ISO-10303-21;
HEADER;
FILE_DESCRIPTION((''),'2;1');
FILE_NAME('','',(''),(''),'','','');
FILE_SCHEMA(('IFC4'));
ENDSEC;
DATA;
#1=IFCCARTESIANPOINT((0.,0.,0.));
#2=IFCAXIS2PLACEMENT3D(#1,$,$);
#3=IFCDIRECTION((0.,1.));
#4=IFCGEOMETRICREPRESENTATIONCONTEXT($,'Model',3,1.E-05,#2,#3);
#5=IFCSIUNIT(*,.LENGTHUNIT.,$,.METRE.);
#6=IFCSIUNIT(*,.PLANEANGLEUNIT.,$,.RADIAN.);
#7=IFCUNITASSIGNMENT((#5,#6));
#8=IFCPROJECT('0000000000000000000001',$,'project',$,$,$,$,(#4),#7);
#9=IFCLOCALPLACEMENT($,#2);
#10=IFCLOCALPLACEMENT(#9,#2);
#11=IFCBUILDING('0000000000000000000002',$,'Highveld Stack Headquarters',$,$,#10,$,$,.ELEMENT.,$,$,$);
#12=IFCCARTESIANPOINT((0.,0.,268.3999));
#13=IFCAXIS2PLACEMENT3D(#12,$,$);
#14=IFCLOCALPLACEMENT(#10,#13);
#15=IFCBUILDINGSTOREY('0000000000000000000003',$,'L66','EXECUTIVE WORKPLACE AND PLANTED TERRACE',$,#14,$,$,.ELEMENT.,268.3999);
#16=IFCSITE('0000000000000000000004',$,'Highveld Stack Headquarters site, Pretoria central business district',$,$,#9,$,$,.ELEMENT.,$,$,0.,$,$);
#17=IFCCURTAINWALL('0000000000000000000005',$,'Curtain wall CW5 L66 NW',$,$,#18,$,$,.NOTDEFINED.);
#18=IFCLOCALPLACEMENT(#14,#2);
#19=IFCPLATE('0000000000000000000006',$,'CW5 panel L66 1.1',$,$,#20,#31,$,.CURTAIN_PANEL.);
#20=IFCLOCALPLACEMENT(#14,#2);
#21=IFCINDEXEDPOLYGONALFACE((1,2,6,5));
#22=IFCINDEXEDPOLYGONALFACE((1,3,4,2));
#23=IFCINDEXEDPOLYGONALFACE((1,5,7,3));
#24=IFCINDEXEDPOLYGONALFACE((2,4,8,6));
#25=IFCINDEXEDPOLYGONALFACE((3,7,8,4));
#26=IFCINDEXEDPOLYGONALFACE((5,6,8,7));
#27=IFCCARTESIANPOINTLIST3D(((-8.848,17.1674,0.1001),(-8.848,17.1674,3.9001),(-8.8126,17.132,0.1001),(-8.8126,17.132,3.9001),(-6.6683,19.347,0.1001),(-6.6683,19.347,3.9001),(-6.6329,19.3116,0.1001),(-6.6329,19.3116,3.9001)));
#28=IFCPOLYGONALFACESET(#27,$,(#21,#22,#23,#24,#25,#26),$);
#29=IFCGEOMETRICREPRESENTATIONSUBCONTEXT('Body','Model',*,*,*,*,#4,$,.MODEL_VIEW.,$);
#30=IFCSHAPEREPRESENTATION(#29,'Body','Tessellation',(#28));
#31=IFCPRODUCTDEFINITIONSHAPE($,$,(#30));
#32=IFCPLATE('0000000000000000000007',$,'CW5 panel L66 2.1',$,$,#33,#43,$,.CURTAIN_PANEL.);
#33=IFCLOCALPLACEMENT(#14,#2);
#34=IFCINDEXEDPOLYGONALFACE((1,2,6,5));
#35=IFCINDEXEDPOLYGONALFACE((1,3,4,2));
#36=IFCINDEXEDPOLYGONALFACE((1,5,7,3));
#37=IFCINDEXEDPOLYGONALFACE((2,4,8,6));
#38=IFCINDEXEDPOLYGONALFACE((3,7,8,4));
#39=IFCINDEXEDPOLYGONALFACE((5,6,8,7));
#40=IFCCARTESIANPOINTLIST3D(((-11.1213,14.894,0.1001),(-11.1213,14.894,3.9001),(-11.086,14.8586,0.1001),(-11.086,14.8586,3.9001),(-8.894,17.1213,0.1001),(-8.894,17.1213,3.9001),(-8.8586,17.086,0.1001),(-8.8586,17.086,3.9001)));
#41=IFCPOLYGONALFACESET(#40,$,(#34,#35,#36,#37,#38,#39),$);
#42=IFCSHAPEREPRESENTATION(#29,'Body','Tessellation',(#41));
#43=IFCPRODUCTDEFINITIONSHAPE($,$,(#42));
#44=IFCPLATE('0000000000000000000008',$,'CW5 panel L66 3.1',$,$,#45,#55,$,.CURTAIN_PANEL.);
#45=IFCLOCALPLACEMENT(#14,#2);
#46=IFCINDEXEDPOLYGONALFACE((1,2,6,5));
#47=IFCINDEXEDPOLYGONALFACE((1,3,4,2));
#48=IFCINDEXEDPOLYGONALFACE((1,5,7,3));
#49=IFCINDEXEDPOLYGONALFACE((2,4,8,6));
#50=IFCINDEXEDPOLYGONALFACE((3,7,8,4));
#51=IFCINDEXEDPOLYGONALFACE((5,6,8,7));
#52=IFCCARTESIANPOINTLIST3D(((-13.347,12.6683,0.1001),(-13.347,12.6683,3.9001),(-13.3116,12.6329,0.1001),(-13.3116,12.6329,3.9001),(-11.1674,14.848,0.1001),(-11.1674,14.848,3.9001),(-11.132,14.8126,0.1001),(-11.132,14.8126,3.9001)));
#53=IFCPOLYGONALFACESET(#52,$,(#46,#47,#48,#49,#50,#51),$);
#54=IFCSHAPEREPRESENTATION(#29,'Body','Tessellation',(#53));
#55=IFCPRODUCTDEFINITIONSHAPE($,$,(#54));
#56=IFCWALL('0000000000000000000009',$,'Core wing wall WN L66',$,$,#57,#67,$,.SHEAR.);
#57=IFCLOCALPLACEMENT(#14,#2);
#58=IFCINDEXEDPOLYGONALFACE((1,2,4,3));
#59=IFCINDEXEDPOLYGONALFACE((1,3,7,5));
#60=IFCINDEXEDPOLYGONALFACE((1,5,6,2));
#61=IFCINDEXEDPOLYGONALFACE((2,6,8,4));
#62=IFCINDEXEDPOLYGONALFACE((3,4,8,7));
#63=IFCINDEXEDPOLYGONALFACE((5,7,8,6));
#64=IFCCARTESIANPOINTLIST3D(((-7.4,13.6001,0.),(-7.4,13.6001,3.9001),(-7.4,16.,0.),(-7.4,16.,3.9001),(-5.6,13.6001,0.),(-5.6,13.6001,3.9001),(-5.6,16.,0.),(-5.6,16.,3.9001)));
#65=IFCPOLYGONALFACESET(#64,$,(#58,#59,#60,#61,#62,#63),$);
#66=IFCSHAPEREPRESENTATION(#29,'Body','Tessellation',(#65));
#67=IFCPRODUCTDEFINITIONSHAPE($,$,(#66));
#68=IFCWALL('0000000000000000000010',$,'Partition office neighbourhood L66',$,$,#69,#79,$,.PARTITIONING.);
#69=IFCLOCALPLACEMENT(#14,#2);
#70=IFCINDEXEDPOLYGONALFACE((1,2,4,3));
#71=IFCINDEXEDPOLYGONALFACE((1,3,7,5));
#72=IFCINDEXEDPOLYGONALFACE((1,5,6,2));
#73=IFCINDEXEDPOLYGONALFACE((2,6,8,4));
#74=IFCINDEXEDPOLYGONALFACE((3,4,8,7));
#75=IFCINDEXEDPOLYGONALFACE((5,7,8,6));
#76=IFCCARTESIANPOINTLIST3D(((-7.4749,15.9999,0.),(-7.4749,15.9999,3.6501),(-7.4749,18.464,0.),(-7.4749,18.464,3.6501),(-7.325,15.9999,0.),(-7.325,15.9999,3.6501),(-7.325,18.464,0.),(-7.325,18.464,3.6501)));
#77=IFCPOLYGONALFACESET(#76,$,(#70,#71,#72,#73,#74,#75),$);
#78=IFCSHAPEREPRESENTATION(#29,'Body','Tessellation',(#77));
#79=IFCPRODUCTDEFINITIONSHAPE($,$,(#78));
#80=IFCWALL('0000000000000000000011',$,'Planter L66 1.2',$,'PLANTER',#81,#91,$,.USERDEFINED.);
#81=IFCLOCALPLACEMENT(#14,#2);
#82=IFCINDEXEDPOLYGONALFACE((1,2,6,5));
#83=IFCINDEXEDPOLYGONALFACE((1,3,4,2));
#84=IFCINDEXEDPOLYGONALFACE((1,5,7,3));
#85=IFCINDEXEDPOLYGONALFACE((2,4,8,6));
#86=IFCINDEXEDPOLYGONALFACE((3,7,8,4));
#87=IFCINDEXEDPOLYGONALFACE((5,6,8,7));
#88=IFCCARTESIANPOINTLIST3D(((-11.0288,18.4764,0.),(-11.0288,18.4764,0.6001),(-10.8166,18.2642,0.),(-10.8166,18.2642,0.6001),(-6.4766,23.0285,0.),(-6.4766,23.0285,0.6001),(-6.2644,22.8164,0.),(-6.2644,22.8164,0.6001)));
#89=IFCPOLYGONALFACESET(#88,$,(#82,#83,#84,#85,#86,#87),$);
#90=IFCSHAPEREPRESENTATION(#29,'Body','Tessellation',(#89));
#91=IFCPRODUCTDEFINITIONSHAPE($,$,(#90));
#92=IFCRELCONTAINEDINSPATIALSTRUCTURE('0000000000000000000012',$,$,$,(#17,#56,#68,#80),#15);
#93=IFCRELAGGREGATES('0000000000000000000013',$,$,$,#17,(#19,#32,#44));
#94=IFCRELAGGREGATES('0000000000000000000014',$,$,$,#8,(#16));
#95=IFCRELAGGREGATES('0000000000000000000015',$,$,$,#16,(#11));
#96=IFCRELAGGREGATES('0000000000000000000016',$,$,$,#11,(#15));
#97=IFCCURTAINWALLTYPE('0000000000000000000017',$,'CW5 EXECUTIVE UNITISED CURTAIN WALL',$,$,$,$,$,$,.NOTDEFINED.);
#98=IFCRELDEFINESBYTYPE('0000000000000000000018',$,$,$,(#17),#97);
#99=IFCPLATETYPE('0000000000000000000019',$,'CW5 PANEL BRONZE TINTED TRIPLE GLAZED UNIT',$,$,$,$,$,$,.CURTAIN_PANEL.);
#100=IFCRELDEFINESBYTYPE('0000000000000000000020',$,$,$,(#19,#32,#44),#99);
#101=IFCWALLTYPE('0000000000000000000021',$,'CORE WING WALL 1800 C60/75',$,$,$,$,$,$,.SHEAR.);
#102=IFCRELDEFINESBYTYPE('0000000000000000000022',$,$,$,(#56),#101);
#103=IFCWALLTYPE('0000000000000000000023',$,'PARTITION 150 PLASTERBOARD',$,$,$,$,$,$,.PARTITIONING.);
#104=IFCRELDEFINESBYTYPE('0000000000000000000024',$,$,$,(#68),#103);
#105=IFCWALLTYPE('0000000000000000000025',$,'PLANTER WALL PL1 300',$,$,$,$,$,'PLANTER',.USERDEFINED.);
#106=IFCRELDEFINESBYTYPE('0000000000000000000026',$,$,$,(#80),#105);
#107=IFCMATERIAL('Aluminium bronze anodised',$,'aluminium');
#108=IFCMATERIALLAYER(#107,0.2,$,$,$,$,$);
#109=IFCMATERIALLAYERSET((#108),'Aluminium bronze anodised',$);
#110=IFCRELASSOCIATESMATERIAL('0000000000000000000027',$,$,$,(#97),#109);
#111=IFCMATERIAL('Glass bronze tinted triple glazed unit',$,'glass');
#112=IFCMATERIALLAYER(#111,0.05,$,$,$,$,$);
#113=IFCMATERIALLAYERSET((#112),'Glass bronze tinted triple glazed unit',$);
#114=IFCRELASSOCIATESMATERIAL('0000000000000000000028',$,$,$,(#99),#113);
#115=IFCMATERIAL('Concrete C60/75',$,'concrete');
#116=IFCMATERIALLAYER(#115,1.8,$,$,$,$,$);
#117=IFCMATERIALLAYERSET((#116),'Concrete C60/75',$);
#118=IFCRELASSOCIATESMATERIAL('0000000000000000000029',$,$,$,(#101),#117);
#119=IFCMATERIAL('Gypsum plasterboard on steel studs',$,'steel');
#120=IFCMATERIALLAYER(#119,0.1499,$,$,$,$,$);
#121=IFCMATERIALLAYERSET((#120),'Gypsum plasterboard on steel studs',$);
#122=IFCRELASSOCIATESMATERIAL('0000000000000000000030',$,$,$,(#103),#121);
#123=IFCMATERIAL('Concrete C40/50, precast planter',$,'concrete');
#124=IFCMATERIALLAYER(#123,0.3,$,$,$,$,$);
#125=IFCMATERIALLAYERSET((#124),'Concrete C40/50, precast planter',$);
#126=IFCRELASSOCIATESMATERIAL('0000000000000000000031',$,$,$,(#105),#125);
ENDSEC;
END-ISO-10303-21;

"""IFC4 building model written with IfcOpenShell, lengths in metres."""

from ifc_helpers import new_model, si_unit, direction, frame, frame_2d, origin, origin_2d, place, context, subcontext, project, spatial, rectangle, extrude, material, layer, layer_set, type_object, element, aggregate, save


model = new_model("IFC4")

# Units and contexts
model_context = context("Model", 3, precision=1e-05, world=origin(), true_north=direction((0.0, 1.0)))
body_context = subcontext(model_context, "Body", "Model", "MODEL_VIEW")
ifc_project = project(units=[si_unit("LENGTHUNIT", "METRE"), si_unit("PLANEANGLEUNIT", "RADIAN")], contexts=[model_context])

# Site, building, storey
site_placement = place(None, origin())
site = spatial("IfcSite", under=ifc_project, at=site_placement, Name="Highveld Stack Headquarters site, Pretoria central business district", CompositionType="ELEMENT", RefElevation=0.0)
building_placement = place(site_placement, origin())
building = spatial("IfcBuilding", under=site, at=building_placement, Name="Highveld Stack Headquarters", CompositionType="ELEMENT")
storey_placement = place(building_placement, frame((0.0, 0.0, 268.3999)))
storey = spatial("IfcBuildingStorey", under=building, at=storey_placement, Name="L66", Description="EXECUTIVE WORKPLACE AND PLANTED TERRACE", CompositionType="ELEMENT", Elevation=268.3999)

# Shared definitions
ifc_material_1 = material(Name="Aluminium bronze anodised", Category="aluminium")
ifc_layer_1 = layer(ifc_material_1, 0.2)
ifc_layer_set_1 = layer_set([ifc_layer_1], Name="Aluminium bronze anodised")
curtain_wall_type = type_object("IfcCurtainWallType", Name="CW5 EXECUTIVE UNITISED CURTAIN WALL", PredefinedType="NOTDEFINED", material=ifc_layer_set_1)

# Curtain wall
curtain_wall_1_placement = place(storey_placement, origin())
curtain_wall_1 = element("IfcCurtainWall", 1, at=curtain_wall_1_placement, inside=storey, type_object=curtain_wall_type, Name="Curtain wall CW5 L66 NW", PredefinedType="NOTDEFINED")

# Plates
ifc_material_2 = material(Name="Glass bronze tinted triple glazed unit", Category="glass")
ifc_layer_2 = layer(ifc_material_2, 0.05)
ifc_layer_set_2 = layer_set([ifc_layer_2], Name="Glass bronze tinted triple glazed unit")
plate_type = type_object("IfcPlateType", Name="CW5 PANEL BRONZE TINTED TRIPLE GLAZED UNIT", PredefinedType="CURTAIN_PANEL", material=ifc_layer_set_2)
plate_1_placement = place(storey_placement, frame((-7.7405, 18.2395, 0.1001), z_axis=(0.0, 0.0, 1.0), x_axis=(-0.707107, -0.707107, 0.0)))
plate_1 = element("IfcPlate", 2, at=plate_1_placement, type_object=plate_type, Name="CW5 panel L66 1.1", PredefinedType="CURTAIN_PANEL", context=body_context, shape_type="SweptSolid", body=[
    extrude(rectangle(XDim=3.0825, YDim=0.05, at=origin_2d()), origin(), (0.0, 0.0, 1.0), 3.8),
])
plate_2_placement = place(storey_placement, frame((-9.99, 15.99, 0.1001), z_axis=(0.0, 0.0, 1.0), x_axis=(-0.707107, -0.707107, 0.0)))
plate_2 = element("IfcPlate", 3, at=plate_2_placement, type_object=plate_type, Name="CW5 panel L66 2.1", PredefinedType="CURTAIN_PANEL", context=body_context, shape_type="SweptSolid", body=[
    extrude(rectangle(XDim=3.1499, YDim=0.05, at=origin_2d()), origin(), (0.0, 0.0, 1.0), 3.8),
])
plate_3_placement = place(storey_placement, frame((-12.2395, 13.7405, 0.1001), z_axis=(0.0, 0.0, 1.0), x_axis=(-0.707107, -0.707107, 0.0)))
plate_3 = element("IfcPlate", 4, at=plate_3_placement, type_object=plate_type, Name="CW5 panel L66 3.1", PredefinedType="CURTAIN_PANEL", context=body_context, shape_type="SweptSolid", body=[
    extrude(rectangle(XDim=3.0825, YDim=0.05, at=origin_2d()), origin(), (0.0, 0.0, 1.0), 3.8),
])
aggregate(curtain_wall_1, [plate_1, plate_2, plate_3])

# Walls
ifc_material_3 = material(Name="Concrete C60/75", Category="concrete")
ifc_layer_3 = layer(ifc_material_3, 1.8)
ifc_layer_set_3 = layer_set([ifc_layer_3], Name="Concrete C60/75")
wall_type_1 = type_object("IfcWallType", Name="CORE WING WALL 1800 C60/75", PredefinedType="SHEAR", material=ifc_layer_set_3)
wall_1_placement = place(storey_placement, frame((-6.5, 13.6001, 0.0), z_axis=(0.0, 0.0, 1.0), x_axis=(0.0, 1.0, 0.0)))
element("IfcWall", 5, at=wall_1_placement, inside=storey, type_object=wall_type_1, Name="Core wing wall WN L66", PredefinedType="SHEAR", context=body_context, shape_type="SweptSolid", body=[
    extrude(rectangle(XDim=2.3999, YDim=1.8, at=frame_2d((1.2, 0.0))), origin(), (0.0, 0.0, 1.0), 3.9001),
])
ifc_material_4 = material(Name="Gypsum plasterboard on steel studs", Category="steel")
ifc_layer_4 = layer(ifc_material_4, 0.1499)
ifc_layer_set_4 = layer_set([ifc_layer_4], Name="Gypsum plasterboard on steel studs")
wall_type_2 = type_object("IfcWallType", Name="PARTITION 150 PLASTERBOARD", PredefinedType="PARTITIONING", material=ifc_layer_set_4)
wall_2_placement = place(storey_placement, frame((-7.3999, 16.0, 0.0), z_axis=(0.0, 0.0, 1.0), x_axis=(0.0, 1.0, 0.0)))
element("IfcWall", 6, at=wall_2_placement, inside=storey, type_object=wall_type_2, Name="Partition office neighbourhood L66", PredefinedType="PARTITIONING", context=body_context, shape_type="SweptSolid", body=[
    extrude(rectangle(XDim=2.4641, YDim=0.1499, at=frame_2d((1.2319, 0.0))), origin(), (0.0, 0.0, 1.0), 3.6501),
])
ifc_material_5 = material(Name="Concrete C40/50, precast planter", Category="concrete")
ifc_layer_5 = layer(ifc_material_5, 0.3)
ifc_layer_set_5 = layer_set([ifc_layer_5], Name="Concrete C40/50, precast planter")
wall_type_3 = type_object("IfcWallType", Name="PLANTER WALL PL1 300", ElementType="PLANTER", PredefinedType="USERDEFINED", material=ifc_layer_set_5)
wall_3_placement = place(storey_placement, frame((-10.9226, 18.3704, 0.0), z_axis=(0.0, 0.0, 1.0), x_axis=(0.707107, 0.707107, 0.0)))
element("IfcWall", 7, at=wall_3_placement, inside=storey, type_object=wall_type_3, Name="Planter L66 1.2", ObjectType="PLANTER", PredefinedType="USERDEFINED", context=body_context, shape_type="SweptSolid", body=[
    extrude(rectangle(XDim=6.4377, YDim=0.3, at=frame_2d((3.2188, 0.0))), origin(), (0.0, 0.0, 1.0), 0.6001),
])

save(model, "model.ifc")
